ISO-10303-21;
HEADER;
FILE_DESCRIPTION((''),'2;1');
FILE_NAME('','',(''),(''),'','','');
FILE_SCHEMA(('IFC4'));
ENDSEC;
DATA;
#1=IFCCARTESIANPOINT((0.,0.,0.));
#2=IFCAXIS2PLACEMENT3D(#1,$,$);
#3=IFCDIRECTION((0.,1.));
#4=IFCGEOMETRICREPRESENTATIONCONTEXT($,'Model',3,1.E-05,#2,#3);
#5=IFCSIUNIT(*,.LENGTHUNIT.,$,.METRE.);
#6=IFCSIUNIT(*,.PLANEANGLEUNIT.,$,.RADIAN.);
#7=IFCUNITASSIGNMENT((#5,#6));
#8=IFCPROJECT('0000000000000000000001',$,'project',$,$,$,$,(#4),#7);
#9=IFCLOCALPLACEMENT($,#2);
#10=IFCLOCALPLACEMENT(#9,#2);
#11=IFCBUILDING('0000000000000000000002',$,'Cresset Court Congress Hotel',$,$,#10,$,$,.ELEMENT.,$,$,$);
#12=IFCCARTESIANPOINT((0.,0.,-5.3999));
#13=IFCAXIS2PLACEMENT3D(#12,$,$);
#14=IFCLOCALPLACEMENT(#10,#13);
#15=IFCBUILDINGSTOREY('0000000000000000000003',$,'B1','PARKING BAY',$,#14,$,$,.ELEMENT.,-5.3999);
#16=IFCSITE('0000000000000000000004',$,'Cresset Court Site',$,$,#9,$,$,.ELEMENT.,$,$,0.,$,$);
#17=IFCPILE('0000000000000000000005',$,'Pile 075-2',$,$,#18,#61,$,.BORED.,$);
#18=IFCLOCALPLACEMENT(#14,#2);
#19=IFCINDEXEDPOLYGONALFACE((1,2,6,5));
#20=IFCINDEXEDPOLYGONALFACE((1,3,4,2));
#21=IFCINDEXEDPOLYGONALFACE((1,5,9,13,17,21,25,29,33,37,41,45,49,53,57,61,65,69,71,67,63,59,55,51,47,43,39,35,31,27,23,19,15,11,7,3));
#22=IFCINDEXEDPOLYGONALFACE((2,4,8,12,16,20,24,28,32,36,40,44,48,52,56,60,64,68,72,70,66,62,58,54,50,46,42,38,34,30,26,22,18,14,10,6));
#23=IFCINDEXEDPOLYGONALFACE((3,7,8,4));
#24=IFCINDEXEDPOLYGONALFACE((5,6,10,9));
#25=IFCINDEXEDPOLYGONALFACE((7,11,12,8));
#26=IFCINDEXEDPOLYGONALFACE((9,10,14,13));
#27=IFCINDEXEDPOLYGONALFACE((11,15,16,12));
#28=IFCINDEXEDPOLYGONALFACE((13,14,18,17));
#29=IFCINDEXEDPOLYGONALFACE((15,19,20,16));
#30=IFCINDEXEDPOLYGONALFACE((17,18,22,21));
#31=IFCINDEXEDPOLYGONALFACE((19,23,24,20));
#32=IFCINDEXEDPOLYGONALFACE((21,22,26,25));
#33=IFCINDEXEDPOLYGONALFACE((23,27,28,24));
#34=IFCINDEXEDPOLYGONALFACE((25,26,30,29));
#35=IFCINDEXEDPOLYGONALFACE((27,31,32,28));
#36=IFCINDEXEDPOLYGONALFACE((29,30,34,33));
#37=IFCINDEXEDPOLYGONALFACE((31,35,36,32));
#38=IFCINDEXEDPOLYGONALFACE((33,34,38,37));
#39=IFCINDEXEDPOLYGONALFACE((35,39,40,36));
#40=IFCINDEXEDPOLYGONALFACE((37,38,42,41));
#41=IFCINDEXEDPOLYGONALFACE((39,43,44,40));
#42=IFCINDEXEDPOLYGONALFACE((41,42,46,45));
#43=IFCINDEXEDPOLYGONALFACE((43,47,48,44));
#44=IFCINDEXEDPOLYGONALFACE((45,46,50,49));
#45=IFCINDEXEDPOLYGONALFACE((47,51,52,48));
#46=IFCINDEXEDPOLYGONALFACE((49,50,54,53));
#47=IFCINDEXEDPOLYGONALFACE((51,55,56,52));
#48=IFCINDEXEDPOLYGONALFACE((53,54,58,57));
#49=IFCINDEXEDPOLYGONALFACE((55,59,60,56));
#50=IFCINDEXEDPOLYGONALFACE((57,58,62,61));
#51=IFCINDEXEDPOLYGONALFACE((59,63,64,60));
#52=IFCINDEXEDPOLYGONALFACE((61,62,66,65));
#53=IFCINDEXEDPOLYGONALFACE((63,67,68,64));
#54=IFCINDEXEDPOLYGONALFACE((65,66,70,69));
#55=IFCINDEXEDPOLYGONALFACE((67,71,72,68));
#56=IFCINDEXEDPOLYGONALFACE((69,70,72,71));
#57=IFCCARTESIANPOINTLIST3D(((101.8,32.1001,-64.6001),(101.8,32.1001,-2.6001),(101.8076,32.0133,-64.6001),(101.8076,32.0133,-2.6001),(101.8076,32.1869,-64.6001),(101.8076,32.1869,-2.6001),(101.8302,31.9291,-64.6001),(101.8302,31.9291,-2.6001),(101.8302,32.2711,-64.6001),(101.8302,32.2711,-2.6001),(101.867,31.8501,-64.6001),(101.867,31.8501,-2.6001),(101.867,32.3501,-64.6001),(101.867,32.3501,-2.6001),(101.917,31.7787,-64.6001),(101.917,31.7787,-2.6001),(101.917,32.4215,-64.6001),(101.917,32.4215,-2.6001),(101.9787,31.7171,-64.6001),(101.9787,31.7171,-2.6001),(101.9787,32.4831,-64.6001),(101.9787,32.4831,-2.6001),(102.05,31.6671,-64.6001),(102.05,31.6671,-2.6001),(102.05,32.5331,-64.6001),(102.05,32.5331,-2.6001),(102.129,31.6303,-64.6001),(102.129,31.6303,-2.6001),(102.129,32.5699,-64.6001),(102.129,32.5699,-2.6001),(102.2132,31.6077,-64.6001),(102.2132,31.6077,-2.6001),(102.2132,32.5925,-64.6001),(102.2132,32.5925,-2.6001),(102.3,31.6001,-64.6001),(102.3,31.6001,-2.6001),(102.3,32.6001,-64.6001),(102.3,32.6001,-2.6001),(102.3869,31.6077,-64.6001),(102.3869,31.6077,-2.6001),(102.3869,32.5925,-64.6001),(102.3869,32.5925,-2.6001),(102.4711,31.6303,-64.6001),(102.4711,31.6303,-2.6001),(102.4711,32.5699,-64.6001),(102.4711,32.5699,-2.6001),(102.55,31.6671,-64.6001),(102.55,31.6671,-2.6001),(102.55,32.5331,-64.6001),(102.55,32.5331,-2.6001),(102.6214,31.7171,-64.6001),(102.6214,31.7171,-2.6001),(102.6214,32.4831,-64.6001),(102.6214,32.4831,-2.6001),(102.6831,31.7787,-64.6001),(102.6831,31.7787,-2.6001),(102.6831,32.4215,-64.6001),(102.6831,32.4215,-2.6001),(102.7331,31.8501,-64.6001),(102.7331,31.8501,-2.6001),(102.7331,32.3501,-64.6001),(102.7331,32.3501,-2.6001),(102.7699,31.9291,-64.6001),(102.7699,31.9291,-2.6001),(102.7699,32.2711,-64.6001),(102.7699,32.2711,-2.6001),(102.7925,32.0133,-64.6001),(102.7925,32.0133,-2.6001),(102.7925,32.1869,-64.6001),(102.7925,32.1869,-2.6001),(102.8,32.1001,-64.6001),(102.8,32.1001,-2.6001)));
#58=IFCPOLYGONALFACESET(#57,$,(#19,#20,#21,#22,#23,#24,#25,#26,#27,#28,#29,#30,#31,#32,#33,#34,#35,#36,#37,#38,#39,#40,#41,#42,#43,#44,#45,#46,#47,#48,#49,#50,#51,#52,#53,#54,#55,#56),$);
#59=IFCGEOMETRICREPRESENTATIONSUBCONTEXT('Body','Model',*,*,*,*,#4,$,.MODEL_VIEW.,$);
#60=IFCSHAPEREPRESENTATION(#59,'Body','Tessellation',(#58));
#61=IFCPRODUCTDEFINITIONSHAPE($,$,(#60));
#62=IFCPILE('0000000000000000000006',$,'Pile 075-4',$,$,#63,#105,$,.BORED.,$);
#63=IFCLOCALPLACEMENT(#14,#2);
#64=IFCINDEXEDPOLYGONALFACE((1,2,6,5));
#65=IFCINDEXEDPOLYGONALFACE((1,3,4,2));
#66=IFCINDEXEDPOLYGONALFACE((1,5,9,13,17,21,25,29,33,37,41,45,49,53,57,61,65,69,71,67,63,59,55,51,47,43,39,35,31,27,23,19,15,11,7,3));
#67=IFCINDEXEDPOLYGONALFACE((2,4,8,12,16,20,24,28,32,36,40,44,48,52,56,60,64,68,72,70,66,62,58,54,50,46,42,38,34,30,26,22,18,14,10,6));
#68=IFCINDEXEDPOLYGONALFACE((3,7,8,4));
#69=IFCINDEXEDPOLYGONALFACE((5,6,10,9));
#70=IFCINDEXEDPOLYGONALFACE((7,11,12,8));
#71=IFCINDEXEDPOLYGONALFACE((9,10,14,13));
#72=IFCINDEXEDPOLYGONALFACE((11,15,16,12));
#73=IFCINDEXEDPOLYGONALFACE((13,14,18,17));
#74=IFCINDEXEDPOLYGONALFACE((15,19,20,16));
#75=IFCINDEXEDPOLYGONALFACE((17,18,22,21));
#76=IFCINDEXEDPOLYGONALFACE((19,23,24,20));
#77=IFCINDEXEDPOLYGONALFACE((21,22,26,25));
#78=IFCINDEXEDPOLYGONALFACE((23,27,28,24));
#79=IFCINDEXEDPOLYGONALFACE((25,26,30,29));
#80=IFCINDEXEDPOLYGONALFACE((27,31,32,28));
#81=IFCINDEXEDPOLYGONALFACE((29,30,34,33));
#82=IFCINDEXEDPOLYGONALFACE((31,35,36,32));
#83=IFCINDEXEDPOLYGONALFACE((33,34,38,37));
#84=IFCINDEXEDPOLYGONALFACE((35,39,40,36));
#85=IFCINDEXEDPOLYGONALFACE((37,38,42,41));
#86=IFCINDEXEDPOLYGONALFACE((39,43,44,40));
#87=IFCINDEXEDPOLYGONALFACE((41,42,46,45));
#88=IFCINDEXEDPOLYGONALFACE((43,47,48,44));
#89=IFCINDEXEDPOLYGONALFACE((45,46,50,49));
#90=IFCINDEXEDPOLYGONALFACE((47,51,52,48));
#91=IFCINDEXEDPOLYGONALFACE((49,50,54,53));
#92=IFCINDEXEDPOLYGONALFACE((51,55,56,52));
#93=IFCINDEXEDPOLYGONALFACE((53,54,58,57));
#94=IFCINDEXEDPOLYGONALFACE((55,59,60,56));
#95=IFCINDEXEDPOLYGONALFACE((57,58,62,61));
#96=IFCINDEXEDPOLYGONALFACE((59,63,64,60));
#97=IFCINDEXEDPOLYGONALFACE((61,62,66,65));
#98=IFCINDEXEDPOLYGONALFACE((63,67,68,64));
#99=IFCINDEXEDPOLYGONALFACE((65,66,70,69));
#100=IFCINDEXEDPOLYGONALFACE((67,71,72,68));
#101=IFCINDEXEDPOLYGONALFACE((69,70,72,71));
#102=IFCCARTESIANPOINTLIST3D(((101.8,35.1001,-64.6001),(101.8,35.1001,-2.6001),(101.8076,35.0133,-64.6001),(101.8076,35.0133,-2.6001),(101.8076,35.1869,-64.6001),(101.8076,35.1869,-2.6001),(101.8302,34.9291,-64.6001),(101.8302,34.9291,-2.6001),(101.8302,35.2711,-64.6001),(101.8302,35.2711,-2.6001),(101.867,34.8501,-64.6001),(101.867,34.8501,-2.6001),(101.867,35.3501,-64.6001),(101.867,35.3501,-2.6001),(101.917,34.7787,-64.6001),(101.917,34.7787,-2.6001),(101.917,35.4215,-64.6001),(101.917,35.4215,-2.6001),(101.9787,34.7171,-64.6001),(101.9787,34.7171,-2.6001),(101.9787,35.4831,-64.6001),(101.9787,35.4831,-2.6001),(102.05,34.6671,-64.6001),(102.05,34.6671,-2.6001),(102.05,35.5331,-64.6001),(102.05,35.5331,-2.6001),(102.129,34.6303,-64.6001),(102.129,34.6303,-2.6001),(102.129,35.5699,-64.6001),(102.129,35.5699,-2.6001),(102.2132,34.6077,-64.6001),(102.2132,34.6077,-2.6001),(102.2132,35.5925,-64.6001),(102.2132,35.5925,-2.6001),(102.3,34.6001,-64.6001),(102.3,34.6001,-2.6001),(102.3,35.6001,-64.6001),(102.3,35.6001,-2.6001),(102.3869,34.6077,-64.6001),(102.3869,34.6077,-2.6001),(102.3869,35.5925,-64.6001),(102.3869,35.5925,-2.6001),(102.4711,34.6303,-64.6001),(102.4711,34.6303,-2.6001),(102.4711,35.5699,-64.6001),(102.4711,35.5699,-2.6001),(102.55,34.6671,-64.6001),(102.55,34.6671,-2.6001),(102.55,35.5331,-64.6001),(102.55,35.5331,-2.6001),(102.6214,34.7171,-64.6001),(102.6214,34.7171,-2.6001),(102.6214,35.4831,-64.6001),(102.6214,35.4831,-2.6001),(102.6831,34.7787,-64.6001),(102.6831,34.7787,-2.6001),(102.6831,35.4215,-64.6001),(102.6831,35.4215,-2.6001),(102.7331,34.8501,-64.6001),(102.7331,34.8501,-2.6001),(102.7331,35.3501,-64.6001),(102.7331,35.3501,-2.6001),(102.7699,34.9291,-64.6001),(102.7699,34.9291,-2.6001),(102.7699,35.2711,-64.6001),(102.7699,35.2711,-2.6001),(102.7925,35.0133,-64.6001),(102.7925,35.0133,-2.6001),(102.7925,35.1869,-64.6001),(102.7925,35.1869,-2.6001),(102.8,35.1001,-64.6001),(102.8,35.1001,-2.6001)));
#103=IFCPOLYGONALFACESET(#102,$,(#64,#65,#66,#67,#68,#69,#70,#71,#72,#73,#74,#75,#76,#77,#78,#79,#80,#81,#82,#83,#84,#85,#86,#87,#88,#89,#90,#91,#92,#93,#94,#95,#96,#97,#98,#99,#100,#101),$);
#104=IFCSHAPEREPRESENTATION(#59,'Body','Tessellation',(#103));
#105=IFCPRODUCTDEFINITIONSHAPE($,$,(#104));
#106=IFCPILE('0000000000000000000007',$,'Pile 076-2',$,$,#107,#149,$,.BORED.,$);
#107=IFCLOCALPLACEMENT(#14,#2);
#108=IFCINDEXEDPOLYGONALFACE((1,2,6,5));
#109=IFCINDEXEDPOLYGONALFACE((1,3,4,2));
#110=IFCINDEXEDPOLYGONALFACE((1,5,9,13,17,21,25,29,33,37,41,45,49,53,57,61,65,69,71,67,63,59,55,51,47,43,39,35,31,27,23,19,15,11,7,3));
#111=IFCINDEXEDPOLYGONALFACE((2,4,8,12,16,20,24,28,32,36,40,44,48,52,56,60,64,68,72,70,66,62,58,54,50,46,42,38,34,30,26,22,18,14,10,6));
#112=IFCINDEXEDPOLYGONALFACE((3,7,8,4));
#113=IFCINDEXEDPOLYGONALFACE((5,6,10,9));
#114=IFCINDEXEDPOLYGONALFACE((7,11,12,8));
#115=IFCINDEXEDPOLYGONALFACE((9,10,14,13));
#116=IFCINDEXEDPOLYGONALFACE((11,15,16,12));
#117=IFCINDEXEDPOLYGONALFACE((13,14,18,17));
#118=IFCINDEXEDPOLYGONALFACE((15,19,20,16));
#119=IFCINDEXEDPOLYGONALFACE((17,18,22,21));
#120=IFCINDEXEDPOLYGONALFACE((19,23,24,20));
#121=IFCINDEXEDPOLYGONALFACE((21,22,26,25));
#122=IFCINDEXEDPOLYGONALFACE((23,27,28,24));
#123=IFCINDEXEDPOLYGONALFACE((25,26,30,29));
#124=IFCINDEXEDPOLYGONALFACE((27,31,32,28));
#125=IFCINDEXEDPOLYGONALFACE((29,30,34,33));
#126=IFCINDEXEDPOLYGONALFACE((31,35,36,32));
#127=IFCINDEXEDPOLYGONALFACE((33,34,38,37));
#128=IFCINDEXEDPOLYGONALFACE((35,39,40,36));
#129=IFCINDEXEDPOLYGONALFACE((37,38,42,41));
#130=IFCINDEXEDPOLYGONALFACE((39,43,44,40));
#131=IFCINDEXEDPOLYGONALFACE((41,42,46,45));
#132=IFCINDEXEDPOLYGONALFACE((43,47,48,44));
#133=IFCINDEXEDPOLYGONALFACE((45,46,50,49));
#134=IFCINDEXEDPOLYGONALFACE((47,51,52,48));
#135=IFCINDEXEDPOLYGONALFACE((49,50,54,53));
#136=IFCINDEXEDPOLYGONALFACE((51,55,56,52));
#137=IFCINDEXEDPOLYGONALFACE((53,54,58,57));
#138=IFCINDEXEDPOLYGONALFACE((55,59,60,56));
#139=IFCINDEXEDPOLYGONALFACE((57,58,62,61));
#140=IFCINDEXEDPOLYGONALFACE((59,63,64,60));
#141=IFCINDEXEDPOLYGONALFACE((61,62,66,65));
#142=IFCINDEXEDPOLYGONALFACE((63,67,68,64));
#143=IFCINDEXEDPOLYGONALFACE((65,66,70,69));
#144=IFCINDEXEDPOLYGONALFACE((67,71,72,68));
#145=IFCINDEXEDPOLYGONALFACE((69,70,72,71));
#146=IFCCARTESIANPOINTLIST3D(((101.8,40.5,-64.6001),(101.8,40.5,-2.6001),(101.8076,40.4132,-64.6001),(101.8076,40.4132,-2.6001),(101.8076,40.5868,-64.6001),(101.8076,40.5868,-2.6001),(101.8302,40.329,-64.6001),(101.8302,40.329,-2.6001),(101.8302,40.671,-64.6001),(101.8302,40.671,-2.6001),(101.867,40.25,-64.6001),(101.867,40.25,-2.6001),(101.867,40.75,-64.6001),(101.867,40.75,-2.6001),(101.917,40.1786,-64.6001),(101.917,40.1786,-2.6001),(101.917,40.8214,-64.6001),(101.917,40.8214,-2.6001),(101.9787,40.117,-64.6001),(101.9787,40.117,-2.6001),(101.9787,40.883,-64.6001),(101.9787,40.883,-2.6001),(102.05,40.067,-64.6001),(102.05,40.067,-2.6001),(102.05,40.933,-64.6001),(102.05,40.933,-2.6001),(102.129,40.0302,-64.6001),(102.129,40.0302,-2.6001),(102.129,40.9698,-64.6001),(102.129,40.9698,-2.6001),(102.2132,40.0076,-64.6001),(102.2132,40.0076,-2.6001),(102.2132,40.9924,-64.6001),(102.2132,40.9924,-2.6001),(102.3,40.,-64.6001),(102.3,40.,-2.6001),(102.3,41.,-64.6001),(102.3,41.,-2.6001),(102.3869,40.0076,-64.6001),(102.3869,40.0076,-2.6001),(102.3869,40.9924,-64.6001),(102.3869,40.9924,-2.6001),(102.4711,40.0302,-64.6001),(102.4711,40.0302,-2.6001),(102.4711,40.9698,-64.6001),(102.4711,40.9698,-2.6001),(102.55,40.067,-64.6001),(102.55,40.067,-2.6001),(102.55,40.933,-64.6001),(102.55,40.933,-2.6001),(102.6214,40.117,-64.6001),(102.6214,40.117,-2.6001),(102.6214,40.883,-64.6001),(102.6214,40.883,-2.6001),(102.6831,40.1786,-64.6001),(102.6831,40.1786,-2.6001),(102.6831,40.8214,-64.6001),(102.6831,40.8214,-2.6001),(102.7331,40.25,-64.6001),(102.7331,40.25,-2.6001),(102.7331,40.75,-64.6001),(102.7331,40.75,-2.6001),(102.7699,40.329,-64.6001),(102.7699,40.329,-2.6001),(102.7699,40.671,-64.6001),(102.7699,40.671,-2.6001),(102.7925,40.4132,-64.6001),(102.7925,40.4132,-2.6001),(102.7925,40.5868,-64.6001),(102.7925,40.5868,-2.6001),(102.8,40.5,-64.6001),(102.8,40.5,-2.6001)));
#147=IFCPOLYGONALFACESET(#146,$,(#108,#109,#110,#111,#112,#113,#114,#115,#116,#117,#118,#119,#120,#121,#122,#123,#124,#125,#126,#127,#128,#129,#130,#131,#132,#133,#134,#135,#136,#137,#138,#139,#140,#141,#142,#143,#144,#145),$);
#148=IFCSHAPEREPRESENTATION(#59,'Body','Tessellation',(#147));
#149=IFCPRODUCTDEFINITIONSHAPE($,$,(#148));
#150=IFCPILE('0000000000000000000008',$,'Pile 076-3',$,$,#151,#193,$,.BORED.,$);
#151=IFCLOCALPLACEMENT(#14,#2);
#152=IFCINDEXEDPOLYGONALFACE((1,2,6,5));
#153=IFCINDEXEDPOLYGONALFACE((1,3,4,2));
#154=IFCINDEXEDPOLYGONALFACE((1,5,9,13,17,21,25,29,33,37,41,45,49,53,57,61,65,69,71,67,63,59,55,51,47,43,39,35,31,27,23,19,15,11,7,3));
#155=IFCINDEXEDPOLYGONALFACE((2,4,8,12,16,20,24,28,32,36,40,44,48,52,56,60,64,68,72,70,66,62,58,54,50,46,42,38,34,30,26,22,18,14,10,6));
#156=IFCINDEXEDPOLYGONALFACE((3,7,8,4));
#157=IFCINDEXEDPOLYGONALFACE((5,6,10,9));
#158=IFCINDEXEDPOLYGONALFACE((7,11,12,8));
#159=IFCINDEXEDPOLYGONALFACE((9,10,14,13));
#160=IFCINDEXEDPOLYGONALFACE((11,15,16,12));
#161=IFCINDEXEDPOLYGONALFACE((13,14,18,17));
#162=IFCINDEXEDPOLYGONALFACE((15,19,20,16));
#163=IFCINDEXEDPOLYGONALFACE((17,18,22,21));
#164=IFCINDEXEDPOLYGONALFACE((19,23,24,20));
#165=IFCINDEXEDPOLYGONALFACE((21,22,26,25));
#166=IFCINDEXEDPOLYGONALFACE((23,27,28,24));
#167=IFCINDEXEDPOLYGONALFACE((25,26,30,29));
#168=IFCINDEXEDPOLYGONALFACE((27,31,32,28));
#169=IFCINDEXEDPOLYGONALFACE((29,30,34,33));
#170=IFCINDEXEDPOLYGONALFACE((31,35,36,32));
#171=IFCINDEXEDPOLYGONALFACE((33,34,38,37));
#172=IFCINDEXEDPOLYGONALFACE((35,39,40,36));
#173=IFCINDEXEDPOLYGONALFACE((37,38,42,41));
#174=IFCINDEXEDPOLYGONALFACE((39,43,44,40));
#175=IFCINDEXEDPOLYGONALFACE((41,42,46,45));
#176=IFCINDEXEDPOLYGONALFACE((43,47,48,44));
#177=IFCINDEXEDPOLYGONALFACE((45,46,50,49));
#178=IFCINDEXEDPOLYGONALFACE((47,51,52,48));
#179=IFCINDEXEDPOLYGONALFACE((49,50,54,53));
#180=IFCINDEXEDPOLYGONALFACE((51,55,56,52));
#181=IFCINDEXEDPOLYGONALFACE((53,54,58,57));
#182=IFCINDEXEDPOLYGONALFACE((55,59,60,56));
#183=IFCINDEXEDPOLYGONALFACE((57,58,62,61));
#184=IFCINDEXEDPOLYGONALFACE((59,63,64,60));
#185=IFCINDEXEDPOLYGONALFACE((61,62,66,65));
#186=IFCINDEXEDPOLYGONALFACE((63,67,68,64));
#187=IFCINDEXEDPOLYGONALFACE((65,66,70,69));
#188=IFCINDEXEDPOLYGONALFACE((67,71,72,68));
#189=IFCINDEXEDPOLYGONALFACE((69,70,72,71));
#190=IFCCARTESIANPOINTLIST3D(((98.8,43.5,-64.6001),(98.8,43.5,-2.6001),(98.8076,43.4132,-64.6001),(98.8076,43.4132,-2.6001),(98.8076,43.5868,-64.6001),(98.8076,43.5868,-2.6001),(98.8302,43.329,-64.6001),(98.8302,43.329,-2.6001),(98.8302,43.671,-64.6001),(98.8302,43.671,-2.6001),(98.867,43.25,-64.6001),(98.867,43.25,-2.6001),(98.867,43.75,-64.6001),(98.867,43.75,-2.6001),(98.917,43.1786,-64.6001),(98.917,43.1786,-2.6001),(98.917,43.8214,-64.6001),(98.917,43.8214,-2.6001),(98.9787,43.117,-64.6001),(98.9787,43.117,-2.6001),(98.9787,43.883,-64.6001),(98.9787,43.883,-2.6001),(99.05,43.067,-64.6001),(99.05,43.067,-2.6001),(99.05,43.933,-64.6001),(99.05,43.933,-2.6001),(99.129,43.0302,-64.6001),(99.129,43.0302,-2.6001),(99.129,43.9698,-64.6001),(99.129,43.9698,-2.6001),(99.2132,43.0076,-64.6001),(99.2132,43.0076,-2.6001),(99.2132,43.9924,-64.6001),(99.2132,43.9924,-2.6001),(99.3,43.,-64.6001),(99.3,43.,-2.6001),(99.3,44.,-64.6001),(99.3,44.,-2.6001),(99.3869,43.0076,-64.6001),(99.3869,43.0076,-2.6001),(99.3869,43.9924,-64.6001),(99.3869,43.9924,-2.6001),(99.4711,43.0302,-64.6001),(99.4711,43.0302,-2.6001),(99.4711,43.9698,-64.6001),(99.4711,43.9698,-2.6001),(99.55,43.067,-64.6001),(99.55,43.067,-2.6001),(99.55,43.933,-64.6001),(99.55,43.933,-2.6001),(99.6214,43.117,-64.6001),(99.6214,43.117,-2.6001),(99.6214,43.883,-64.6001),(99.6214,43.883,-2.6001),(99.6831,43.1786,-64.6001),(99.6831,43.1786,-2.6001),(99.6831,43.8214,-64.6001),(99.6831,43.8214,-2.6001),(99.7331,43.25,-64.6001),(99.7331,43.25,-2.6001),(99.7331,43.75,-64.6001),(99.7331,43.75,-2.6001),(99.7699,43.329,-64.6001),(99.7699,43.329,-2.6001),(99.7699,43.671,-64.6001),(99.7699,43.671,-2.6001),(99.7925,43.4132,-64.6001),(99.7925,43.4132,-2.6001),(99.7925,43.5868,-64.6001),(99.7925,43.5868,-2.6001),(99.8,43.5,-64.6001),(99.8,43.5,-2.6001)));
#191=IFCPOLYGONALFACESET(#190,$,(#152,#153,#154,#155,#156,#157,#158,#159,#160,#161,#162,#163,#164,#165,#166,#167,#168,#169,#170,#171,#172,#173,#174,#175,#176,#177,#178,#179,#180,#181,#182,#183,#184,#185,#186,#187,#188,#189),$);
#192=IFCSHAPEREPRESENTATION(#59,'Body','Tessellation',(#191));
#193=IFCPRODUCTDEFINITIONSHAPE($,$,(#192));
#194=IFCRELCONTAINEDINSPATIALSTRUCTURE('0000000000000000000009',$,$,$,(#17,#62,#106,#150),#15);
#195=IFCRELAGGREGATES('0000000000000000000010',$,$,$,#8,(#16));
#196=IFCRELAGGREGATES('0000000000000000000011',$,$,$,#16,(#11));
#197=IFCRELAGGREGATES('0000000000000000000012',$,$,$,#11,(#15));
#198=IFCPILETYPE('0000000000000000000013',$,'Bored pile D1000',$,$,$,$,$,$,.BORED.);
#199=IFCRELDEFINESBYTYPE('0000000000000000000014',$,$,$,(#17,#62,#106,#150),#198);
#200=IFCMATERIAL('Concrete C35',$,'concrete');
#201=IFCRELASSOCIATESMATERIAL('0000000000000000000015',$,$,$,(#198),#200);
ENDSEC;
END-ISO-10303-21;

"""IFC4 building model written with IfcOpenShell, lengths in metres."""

from ifc_helpers import new_model, si_unit, direction, frame, origin, origin_2d, place, context, subcontext, project, spatial, circle, extrude, material, type_object, element, save


model = new_model("IFC4")

# Units and contexts
model_context = context("Model", 3, precision=1e-05, world=origin(), true_north=direction((0.0, 1.0)))
body_context = subcontext(model_context, "Body", "Model", "MODEL_VIEW")
ifc_project = project(units=[si_unit("LENGTHUNIT", "METRE"), si_unit("PLANEANGLEUNIT", "RADIAN")], contexts=[model_context])

# Site, building, storey
site_placement = place(None, origin())
site = spatial("IfcSite", under=ifc_project, at=site_placement, Name="Cresset Court Site", CompositionType="ELEMENT", RefElevation=0.0)
building_placement = place(site_placement, origin())
building = spatial("IfcBuilding", under=site, at=building_placement, Name="Cresset Court Congress Hotel", CompositionType="ELEMENT")
storey_placement = place(building_placement, frame((0.0, 0.0, -5.3999)))
storey = spatial("IfcBuildingStorey", under=building, at=storey_placement, Name="B1", Description="PARKING BAY", CompositionType="ELEMENT", Elevation=-5.3999)

# Piles
ifc_material_1 = material(Name="Concrete C35", Category="concrete")
pile_type = type_object("IfcPileType", Name="Bored pile D1000", PredefinedType="BORED", material=ifc_material_1)
for number, where, z_axis, x_axis, name in (
    (1, (102.3, 32.1001, -2.6001), (0.0, 0.0, -1.0), (1.0, 0.0, 0.0), "Pile 075-2"),
    (2, (102.3, 35.1001, -2.6001), (0.0, 0.0, -1.0), (1.0, 0.0, 0.0), "Pile 075-4"),
    (3, (102.3, 40.5, -2.6001), (0.0, 0.0, -1.0), (1.0, 0.0, 0.0), "Pile 076-2"),
    (4, (99.3, 43.5, -2.6001), (0.0, 0.0, -1.0), (1.0, 0.0, 0.0), "Pile 076-3"),
):
    element("IfcPile", number, at=place(storey_placement, frame(where, z_axis=z_axis, x_axis=x_axis)), inside=storey, type_object=pile_type, Name=name, PredefinedType="BORED", context=body_context, shape_type="SweptSolid", body=[
        extrude(circle(Radius=0.5, at=origin_2d()), origin(), (0.0, 0.0, 1.0), 62.0),
    ])

save(model, "model.ifc")
